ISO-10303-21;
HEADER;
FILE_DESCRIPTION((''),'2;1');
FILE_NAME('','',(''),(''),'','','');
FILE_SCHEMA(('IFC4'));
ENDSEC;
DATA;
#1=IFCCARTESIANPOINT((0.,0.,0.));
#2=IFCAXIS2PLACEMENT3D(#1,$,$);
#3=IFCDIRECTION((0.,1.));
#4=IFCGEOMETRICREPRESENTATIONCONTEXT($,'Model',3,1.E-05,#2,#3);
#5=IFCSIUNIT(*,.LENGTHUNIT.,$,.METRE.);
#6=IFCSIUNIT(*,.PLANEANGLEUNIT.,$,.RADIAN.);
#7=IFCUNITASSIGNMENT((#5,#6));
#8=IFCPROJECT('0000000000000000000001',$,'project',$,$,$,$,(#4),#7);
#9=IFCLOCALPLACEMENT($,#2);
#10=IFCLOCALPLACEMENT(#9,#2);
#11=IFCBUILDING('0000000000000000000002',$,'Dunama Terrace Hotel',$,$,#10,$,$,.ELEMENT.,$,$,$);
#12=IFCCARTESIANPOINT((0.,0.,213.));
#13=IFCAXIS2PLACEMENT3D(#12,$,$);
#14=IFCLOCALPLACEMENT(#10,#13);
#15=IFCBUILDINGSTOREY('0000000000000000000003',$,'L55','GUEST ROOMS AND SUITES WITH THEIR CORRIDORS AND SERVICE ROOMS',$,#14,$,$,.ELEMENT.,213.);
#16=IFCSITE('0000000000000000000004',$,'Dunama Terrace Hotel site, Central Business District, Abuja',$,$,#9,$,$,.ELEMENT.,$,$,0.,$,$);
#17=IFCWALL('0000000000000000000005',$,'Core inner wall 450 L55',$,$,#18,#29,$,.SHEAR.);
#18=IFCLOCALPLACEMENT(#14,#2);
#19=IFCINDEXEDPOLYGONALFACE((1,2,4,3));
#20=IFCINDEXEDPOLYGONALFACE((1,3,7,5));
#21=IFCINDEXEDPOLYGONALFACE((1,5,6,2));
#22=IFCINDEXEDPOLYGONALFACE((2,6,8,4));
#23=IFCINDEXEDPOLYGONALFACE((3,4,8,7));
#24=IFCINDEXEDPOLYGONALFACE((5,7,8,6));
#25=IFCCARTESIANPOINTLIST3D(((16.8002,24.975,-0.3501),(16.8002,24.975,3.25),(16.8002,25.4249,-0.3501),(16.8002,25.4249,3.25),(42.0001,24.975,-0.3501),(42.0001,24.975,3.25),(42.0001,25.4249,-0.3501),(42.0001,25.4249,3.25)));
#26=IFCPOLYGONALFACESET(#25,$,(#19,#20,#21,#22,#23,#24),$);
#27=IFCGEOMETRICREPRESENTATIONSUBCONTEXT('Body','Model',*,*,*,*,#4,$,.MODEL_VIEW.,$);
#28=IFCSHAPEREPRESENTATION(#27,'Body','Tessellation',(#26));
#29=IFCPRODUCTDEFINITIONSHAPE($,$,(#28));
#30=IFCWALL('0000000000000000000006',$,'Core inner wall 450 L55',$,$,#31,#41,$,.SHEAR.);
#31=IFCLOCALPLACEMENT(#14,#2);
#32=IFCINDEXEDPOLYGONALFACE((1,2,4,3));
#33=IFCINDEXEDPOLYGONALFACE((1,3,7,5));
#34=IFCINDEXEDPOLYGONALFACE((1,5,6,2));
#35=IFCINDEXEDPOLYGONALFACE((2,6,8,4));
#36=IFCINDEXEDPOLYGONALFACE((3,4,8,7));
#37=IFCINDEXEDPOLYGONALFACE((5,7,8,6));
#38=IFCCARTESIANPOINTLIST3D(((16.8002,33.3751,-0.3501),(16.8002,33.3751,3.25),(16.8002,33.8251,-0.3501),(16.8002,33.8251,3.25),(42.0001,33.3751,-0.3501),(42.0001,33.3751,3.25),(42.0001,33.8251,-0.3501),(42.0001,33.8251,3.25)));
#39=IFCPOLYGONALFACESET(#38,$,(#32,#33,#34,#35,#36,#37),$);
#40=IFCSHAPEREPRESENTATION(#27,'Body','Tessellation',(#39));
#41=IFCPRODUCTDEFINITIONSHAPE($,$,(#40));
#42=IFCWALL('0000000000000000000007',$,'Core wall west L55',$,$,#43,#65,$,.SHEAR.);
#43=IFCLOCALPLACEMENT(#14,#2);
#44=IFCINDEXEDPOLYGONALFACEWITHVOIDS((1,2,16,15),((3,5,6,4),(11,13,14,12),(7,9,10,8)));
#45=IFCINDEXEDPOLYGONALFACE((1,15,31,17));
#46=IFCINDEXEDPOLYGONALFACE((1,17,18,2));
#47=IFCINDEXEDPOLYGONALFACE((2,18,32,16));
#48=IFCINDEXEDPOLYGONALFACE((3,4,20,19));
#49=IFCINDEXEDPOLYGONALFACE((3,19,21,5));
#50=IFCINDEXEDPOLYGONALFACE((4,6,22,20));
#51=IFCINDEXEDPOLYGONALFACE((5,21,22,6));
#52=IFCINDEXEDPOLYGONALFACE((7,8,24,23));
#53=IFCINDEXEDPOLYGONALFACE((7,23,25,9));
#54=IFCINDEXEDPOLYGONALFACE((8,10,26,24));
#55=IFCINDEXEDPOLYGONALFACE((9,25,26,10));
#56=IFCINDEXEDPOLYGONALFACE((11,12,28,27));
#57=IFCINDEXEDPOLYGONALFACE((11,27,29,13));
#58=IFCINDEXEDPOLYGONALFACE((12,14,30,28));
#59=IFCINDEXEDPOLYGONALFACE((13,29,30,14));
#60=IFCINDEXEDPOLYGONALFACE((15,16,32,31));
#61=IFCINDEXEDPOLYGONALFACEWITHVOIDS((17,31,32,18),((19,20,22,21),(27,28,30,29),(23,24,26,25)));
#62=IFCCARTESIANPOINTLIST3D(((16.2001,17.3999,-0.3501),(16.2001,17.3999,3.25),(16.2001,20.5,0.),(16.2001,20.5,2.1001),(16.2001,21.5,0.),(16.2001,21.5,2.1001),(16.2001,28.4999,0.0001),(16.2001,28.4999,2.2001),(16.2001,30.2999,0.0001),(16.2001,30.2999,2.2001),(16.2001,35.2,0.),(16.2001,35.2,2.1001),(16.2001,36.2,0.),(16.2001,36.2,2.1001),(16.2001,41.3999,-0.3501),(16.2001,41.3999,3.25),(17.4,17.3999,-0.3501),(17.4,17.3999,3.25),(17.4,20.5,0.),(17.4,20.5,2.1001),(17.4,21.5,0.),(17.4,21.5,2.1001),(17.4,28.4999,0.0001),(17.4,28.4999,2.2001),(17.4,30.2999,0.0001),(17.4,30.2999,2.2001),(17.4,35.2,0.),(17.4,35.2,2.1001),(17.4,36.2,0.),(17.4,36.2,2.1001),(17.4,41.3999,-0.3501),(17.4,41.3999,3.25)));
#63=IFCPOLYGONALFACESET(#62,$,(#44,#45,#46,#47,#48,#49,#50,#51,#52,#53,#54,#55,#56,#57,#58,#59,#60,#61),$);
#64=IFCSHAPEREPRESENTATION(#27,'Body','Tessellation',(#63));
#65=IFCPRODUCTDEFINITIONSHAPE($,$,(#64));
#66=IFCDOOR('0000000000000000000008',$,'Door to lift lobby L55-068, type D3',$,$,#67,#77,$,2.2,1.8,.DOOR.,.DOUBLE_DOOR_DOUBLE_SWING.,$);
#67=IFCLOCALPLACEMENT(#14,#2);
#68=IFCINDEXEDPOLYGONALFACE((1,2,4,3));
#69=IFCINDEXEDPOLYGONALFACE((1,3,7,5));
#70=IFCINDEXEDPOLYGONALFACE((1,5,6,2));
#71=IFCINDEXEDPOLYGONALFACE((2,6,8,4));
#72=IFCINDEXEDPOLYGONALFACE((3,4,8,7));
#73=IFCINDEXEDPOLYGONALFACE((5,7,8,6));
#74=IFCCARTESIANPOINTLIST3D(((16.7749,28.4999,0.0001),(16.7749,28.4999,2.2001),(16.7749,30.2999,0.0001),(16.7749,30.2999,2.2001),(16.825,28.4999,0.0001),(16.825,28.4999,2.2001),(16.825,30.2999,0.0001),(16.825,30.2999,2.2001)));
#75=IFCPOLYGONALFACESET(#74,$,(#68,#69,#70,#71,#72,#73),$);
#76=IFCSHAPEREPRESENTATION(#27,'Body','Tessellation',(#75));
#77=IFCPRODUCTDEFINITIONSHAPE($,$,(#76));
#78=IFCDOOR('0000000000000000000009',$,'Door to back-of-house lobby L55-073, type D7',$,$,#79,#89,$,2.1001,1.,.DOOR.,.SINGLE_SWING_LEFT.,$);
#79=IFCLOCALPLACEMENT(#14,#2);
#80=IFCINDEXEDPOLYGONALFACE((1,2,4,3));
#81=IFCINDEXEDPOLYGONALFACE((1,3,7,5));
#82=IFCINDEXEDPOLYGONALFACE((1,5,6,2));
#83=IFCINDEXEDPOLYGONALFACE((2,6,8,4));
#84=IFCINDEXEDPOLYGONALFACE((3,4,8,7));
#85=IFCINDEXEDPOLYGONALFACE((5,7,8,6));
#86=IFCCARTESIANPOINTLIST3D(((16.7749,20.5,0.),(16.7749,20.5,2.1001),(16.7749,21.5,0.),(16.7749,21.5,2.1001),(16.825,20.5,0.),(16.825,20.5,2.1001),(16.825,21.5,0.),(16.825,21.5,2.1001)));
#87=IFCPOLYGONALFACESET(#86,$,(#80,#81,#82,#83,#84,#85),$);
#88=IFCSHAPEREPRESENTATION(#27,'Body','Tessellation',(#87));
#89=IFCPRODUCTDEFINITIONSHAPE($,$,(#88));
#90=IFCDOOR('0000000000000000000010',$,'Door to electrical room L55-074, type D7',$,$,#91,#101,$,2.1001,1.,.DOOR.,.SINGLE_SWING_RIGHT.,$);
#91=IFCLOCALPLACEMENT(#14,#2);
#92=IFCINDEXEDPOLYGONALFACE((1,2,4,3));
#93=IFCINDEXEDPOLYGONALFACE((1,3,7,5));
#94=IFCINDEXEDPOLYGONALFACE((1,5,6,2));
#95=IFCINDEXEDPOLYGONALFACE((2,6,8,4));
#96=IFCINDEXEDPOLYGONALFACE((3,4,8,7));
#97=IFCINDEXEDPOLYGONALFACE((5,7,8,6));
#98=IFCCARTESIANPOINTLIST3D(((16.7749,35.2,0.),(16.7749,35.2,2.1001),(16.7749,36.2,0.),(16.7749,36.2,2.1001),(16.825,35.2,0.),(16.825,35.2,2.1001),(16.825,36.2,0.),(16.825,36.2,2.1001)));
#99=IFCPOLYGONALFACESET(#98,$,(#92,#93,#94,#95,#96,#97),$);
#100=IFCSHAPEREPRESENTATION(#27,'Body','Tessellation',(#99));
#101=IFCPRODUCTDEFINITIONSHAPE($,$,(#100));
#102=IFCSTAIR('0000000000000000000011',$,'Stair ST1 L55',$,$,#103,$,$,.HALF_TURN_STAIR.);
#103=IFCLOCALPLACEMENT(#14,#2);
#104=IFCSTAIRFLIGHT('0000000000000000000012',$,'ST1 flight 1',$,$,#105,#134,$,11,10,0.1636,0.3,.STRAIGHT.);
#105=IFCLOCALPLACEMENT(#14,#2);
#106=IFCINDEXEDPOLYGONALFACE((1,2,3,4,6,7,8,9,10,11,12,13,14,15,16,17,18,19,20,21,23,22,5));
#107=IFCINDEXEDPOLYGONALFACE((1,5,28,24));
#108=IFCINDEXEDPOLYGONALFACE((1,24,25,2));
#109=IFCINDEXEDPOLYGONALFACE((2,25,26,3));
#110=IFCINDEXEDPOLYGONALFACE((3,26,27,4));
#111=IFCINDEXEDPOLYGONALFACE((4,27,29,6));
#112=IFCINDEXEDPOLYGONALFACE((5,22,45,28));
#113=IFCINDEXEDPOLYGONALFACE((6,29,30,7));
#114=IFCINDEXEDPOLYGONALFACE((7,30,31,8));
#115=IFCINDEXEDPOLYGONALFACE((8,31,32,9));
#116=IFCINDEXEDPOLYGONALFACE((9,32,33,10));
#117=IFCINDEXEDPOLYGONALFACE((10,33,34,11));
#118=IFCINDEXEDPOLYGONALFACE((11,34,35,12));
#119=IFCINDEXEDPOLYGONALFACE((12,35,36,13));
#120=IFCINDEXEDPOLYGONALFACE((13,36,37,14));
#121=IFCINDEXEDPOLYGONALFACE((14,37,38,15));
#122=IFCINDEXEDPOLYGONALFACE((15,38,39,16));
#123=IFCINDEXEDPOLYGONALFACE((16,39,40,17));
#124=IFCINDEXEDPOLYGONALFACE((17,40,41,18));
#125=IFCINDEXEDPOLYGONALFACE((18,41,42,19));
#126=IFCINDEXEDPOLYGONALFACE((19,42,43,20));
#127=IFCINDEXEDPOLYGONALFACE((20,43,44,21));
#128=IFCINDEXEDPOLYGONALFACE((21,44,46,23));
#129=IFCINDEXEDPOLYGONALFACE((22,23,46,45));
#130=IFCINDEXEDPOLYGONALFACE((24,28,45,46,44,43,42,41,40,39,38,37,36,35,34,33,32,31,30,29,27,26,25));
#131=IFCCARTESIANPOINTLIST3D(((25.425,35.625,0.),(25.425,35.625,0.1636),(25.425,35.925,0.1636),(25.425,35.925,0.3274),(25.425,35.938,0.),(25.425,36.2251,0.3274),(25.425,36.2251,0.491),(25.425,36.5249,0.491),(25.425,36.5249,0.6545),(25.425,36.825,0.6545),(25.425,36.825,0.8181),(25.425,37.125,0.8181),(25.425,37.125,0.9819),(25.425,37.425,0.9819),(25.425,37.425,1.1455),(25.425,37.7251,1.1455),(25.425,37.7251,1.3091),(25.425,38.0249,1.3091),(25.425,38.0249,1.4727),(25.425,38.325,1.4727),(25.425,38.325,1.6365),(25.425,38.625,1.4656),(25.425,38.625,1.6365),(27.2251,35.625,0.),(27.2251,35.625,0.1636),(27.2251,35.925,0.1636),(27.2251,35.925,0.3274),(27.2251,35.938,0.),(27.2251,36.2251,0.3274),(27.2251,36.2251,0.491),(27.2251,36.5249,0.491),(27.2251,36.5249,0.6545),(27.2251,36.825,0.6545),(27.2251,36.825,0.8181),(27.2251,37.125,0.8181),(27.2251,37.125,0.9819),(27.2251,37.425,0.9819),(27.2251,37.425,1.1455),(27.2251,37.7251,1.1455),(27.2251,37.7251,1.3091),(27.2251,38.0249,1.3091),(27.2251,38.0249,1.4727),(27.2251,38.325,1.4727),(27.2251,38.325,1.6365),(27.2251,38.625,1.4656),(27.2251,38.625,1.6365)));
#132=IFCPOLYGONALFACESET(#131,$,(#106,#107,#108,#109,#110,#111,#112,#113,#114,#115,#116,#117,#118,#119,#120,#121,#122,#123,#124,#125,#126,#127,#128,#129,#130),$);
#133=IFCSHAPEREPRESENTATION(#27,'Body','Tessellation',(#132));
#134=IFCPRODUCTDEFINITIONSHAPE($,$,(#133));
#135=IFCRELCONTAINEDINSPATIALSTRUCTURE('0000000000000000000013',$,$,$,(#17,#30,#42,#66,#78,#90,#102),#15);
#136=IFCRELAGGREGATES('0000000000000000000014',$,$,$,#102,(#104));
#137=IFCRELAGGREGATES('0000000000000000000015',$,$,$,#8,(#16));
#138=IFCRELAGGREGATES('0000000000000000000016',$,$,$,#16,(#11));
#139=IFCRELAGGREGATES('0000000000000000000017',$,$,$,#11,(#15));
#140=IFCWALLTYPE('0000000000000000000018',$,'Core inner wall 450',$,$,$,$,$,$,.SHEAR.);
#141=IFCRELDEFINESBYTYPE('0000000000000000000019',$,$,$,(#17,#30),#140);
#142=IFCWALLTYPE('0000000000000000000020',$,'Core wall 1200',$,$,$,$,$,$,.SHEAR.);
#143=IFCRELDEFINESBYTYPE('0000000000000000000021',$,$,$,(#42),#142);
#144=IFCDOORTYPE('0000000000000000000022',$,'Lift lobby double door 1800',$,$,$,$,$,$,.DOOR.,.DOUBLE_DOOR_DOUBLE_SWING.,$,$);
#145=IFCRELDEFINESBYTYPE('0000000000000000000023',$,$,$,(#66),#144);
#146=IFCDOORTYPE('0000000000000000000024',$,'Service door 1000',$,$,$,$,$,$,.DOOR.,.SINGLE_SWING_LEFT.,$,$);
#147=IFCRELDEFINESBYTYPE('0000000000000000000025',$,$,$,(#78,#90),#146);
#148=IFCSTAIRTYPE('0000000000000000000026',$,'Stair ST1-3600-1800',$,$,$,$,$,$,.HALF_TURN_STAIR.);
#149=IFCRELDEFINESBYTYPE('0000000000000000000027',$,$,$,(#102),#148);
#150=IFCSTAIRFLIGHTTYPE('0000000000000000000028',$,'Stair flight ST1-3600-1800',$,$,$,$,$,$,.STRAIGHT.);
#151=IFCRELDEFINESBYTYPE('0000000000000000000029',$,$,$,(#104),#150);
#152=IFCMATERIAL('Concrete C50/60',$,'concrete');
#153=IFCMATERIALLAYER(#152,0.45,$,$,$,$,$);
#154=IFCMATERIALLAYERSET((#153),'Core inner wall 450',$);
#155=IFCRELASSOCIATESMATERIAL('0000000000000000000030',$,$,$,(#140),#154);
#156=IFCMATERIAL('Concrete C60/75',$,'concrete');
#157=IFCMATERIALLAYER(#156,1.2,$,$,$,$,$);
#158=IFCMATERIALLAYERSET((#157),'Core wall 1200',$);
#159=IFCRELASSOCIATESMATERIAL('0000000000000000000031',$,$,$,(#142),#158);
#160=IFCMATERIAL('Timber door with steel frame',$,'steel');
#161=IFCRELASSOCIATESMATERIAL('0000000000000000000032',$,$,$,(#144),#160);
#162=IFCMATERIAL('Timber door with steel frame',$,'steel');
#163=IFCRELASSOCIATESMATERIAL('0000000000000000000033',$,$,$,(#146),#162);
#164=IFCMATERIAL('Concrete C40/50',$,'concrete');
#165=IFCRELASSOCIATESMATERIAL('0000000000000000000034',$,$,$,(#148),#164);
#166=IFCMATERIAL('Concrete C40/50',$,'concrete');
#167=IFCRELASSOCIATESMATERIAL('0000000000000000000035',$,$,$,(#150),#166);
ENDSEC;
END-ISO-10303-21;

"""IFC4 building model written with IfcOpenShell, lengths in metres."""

from ifc_helpers import new_model, si_unit, direction, frame, frame_2d, origin, place, context, subcontext, project, spatial, polyline, rectangle, outline, extrude, material, layer, layer_set, type_object, element, fill, aggregate, save


model = new_model("IFC4")

# Units and contexts
model_context = context("Model", 3, precision=1e-05, world=origin(), true_north=direction((0.0, 1.0)))
body_context = subcontext(model_context, "Body", "Model", "MODEL_VIEW")
ifc_project = project(units=[si_unit("LENGTHUNIT", "METRE"), si_unit("PLANEANGLEUNIT", "RADIAN")], contexts=[model_context])

# Site, building, storey
site_placement = place(None, origin())
site = spatial("IfcSite", under=ifc_project, at=site_placement, Name="Dunama Terrace Hotel site, Central Business District, Abuja", CompositionType="ELEMENT", RefElevation=0.0)
building_placement = place(site_placement, origin())
building = spatial("IfcBuilding", under=site, at=building_placement, Name="Dunama Terrace Hotel", CompositionType="ELEMENT")
storey_placement = place(building_placement, frame((0.0, 0.0, 213.0)))
storey = spatial("IfcBuildingStorey", under=building, at=storey_placement, Name="L55", Description="GUEST ROOMS AND SUITES WITH THEIR CORRIDORS AND SERVICE ROOMS", CompositionType="ELEMENT", Elevation=213.0)

# Walls
ifc_material_1 = material(Name="Concrete C50/60", Category="concrete")
ifc_layer_1 = layer(ifc_material_1, 0.45)
ifc_layer_set_1 = layer_set([ifc_layer_1], Name="Core inner wall 450")
wall_type_1 = type_object("IfcWallType", Name="Core inner wall 450", PredefinedType="SHEAR", material=ifc_layer_set_1)
for number, where, z_axis, x_axis, name in (
    (1, (16.8, 25.2, -0.3501), (0.0, 0.0, 1.0), (1.0, 0.0, 0.0), "Core inner wall 450 L55"),
    (2, (16.8, 33.6001, -0.3501), (0.0, 0.0, 1.0), (1.0, 0.0, 0.0), "Core inner wall 450 L55"),
):
    element("IfcWall", number, at=place(storey_placement, frame(where, z_axis=z_axis, x_axis=x_axis)), inside=storey, type_object=wall_type_1, Name=name, PredefinedType="SHEAR", context=body_context, shape_type="SweptSolid", body=[
        extrude(rectangle(XDim=25.2, YDim=0.45, at=frame_2d((12.6001, 0.0))), origin(), (0.0, 0.0, 1.0), 3.6001),
    ])

# Wall, openings, doors
ifc_material_2 = material(Name="Concrete C60/75", Category="concrete")
ifc_layer_2 = layer(ifc_material_2, 1.2)
ifc_layer_set_2 = layer_set([ifc_layer_2], Name="Core wall 1200")
wall_type_2 = type_object("IfcWallType", Name="Core wall 1200", PredefinedType="SHEAR", material=ifc_layer_set_2)
wall_1_placement = place(storey_placement, frame((16.8, 41.3999, -0.3501), z_axis=(0.0, 0.0, 1.0), x_axis=(0.0, -1.0, 0.0)))
wall_1 = element("IfcWall", 3, at=wall_1_placement, inside=storey, type_object=wall_type_2, Name="Core wall west L55", PredefinedType="SHEAR", context=body_context, shape_type="SweptSolid", body=[
    extrude(rectangle(XDim=24.0, YDim=1.2, at=frame_2d((12.0, 0.0))), origin(), (0.0, 0.0, 1.0), 3.6001),
])
opening_1_placement = place(wall_1_placement, frame((11.1001, 0.0, 0.3501)))
opening_1 = element("IfcOpeningElement", 4, at=opening_1_placement, cuts=wall_1, PredefinedType="OPENING", context=body_context, shape_type="SweptSolid", body=[
    extrude(rectangle(XDim=1.8, YDim=2.2, at=frame_2d((0.8999, 1.1001))), frame((0.0, 0.6099, 0.0), z_axis=(0.0, -1.0, 0.0), x_axis=(1.0, 0.0, 0.0)), (0.0, 0.0, 1.0), 1.22),
])
opening_2_placement = place(wall_1_placement, frame((19.8999, 0.0, 0.3501)))
opening_2 = element("IfcOpeningElement", 5, at=opening_2_placement, cuts=wall_1, PredefinedType="OPENING", context=body_context, shape_type="SweptSolid", body=[
    extrude(rectangle(XDim=1.0, YDim=2.1001, at=frame_2d((0.5, 1.05))), frame((0.0, 0.6099, 0.0), z_axis=(0.0, -1.0, 0.0), x_axis=(1.0, 0.0, 0.0)), (0.0, 0.0, 1.0), 1.22),
])
opening_3_placement = place(wall_1_placement, frame((5.2, 0.0, 0.3501)))
opening_3 = element("IfcOpeningElement", 6, at=opening_3_placement, cuts=wall_1, PredefinedType="OPENING", context=body_context, shape_type="SweptSolid", body=[
    extrude(rectangle(XDim=1.0, YDim=2.1001, at=frame_2d((0.5, 1.05))), frame((0.0, 0.6099, 0.0), z_axis=(0.0, -1.0, 0.0), x_axis=(1.0, 0.0, 0.0)), (0.0, 0.0, 1.0), 1.22),
])
ifc_material_3 = material(Name="Timber door with steel frame", Category="steel")
door_type_1 = type_object("IfcDoorType", Name="Lift lobby double door 1800", OperationType="DOUBLE_DOOR_DOUBLE_SWING", PredefinedType="DOOR", material=ifc_material_3)
door_1_placement = place(opening_1_placement, origin())
door_1 = element("IfcDoor", 7, at=door_1_placement, inside=storey, type_object=door_type_1, Name="Door to lift lobby L55-068, type D3", OperationType="DOUBLE_DOOR_DOUBLE_SWING", OverallHeight=2.2, OverallWidth=1.8, PredefinedType="DOOR", context=body_context, shape_type="SweptSolid", body=[
    extrude(rectangle(XDim=1.8, YDim=2.2, at=frame_2d((0.8999, 1.1001))), frame((0.0, 0.0249, 0.0), z_axis=(0.0, -1.0, 0.0), x_axis=(1.0, 0.0, 0.0)), (0.0, 0.0, 1.0), 0.05),
])
fill(opening_1, door_1)
ifc_material_4 = material(Name="Timber door with steel frame", Category="steel")
door_type_2 = type_object("IfcDoorType", Name="Service door 1000", OperationType="SINGLE_SWING_LEFT", PredefinedType="DOOR", material=ifc_material_4)
door_2_placement = place(opening_2_placement, origin())
door_2 = element("IfcDoor", 8, at=door_2_placement, inside=storey, type_object=door_type_2, Name="Door to back-of-house lobby L55-073, type D7", OperationType="SINGLE_SWING_LEFT", OverallHeight=2.1001, OverallWidth=1.0, PredefinedType="DOOR", context=body_context, shape_type="SweptSolid", body=[
    extrude(rectangle(XDim=1.0, YDim=2.1001, at=frame_2d((0.5, 1.05))), frame((0.0, 0.0249, 0.0), z_axis=(0.0, -1.0, 0.0), x_axis=(1.0, 0.0, 0.0)), (0.0, 0.0, 1.0), 0.05),
])
fill(opening_2, door_2)
door_3_placement = place(opening_3_placement, origin())
door_3 = element("IfcDoor", 9, at=door_3_placement, inside=storey, type_object=door_type_2, Name="Door to electrical room L55-074, type D7", OperationType="SINGLE_SWING_RIGHT", OverallHeight=2.1001, OverallWidth=1.0, PredefinedType="DOOR", context=body_context, shape_type="SweptSolid", body=[
    extrude(rectangle(XDim=1.0, YDim=2.1001, at=frame_2d((0.5, 1.05))), frame((0.0, 0.0249, 0.0), z_axis=(0.0, -1.0, 0.0), x_axis=(1.0, 0.0, 0.0)), (0.0, 0.0, 1.0), 0.05),
])
fill(opening_3, door_3)

# Stair, stair flight
ifc_material_5 = material(Name="Concrete C40/50", Category="concrete")
stair_type = type_object("IfcStairType", Name="Stair ST1-3600-1800", PredefinedType="HALF_TURN_STAIR", material=ifc_material_5)
stair_placement = place(storey_placement, origin())
stair = element("IfcStair", 10, at=stair_placement, inside=storey, type_object=stair_type, Name="Stair ST1 L55", PredefinedType="HALF_TURN_STAIR")
ifc_material_6 = material(Name="Concrete C40/50", Category="concrete")
stair_flight_type = type_object("IfcStairFlightType", Name="Stair flight ST1-3600-1800", PredefinedType="STRAIGHT", material=ifc_material_6)
stair_flight_placement = place(storey_placement, frame((26.325, 35.625, 0.0), z_axis=(0.0, 0.0, 1.0), x_axis=(0.0, 1.0, 0.0)))
stair_flight = element("IfcStairFlight", 11, at=stair_flight_placement, type_object=stair_flight_type, Name="ST1 flight 1", NumberOfRisers=11, NumberOfTreads=10, PredefinedType="STRAIGHT", RiserHeight=0.1636, TreadLength=0.3, context=body_context, shape_type="SweptSolid", body=[
    extrude(outline(polyline([(0.0, 0.0), (0.0, 0.1636), (0.3, 0.1636), (0.3, 0.3274), (0.6001, 0.3274), (0.6001, 0.491), (0.8999, 0.491), (0.8999, 0.6545), (1.2, 0.6545), (1.2, 0.8181), (1.5, 0.8181), (1.5, 0.9819), (1.8, 0.9819), (1.8, 1.1455), (2.1001, 1.1455), (2.1001, 1.3091), (2.3999, 1.3091), (2.3999, 1.4727), (2.7, 1.4727), (2.7, 1.6365), (3.0, 1.6365), (3.0, 1.8), (3.0, 1.4656), (0.313, 0.0), (0.0, 0.0)])), frame((0.0, 0.8999, 0.0), z_axis=(0.0, -1.0, 0.0), x_axis=(1.0, 0.0, 0.0)), (0.0, 0.0, 1.0), 1.8),
])
aggregate(stair, [stair_flight])

save(model, "model.ifc")
